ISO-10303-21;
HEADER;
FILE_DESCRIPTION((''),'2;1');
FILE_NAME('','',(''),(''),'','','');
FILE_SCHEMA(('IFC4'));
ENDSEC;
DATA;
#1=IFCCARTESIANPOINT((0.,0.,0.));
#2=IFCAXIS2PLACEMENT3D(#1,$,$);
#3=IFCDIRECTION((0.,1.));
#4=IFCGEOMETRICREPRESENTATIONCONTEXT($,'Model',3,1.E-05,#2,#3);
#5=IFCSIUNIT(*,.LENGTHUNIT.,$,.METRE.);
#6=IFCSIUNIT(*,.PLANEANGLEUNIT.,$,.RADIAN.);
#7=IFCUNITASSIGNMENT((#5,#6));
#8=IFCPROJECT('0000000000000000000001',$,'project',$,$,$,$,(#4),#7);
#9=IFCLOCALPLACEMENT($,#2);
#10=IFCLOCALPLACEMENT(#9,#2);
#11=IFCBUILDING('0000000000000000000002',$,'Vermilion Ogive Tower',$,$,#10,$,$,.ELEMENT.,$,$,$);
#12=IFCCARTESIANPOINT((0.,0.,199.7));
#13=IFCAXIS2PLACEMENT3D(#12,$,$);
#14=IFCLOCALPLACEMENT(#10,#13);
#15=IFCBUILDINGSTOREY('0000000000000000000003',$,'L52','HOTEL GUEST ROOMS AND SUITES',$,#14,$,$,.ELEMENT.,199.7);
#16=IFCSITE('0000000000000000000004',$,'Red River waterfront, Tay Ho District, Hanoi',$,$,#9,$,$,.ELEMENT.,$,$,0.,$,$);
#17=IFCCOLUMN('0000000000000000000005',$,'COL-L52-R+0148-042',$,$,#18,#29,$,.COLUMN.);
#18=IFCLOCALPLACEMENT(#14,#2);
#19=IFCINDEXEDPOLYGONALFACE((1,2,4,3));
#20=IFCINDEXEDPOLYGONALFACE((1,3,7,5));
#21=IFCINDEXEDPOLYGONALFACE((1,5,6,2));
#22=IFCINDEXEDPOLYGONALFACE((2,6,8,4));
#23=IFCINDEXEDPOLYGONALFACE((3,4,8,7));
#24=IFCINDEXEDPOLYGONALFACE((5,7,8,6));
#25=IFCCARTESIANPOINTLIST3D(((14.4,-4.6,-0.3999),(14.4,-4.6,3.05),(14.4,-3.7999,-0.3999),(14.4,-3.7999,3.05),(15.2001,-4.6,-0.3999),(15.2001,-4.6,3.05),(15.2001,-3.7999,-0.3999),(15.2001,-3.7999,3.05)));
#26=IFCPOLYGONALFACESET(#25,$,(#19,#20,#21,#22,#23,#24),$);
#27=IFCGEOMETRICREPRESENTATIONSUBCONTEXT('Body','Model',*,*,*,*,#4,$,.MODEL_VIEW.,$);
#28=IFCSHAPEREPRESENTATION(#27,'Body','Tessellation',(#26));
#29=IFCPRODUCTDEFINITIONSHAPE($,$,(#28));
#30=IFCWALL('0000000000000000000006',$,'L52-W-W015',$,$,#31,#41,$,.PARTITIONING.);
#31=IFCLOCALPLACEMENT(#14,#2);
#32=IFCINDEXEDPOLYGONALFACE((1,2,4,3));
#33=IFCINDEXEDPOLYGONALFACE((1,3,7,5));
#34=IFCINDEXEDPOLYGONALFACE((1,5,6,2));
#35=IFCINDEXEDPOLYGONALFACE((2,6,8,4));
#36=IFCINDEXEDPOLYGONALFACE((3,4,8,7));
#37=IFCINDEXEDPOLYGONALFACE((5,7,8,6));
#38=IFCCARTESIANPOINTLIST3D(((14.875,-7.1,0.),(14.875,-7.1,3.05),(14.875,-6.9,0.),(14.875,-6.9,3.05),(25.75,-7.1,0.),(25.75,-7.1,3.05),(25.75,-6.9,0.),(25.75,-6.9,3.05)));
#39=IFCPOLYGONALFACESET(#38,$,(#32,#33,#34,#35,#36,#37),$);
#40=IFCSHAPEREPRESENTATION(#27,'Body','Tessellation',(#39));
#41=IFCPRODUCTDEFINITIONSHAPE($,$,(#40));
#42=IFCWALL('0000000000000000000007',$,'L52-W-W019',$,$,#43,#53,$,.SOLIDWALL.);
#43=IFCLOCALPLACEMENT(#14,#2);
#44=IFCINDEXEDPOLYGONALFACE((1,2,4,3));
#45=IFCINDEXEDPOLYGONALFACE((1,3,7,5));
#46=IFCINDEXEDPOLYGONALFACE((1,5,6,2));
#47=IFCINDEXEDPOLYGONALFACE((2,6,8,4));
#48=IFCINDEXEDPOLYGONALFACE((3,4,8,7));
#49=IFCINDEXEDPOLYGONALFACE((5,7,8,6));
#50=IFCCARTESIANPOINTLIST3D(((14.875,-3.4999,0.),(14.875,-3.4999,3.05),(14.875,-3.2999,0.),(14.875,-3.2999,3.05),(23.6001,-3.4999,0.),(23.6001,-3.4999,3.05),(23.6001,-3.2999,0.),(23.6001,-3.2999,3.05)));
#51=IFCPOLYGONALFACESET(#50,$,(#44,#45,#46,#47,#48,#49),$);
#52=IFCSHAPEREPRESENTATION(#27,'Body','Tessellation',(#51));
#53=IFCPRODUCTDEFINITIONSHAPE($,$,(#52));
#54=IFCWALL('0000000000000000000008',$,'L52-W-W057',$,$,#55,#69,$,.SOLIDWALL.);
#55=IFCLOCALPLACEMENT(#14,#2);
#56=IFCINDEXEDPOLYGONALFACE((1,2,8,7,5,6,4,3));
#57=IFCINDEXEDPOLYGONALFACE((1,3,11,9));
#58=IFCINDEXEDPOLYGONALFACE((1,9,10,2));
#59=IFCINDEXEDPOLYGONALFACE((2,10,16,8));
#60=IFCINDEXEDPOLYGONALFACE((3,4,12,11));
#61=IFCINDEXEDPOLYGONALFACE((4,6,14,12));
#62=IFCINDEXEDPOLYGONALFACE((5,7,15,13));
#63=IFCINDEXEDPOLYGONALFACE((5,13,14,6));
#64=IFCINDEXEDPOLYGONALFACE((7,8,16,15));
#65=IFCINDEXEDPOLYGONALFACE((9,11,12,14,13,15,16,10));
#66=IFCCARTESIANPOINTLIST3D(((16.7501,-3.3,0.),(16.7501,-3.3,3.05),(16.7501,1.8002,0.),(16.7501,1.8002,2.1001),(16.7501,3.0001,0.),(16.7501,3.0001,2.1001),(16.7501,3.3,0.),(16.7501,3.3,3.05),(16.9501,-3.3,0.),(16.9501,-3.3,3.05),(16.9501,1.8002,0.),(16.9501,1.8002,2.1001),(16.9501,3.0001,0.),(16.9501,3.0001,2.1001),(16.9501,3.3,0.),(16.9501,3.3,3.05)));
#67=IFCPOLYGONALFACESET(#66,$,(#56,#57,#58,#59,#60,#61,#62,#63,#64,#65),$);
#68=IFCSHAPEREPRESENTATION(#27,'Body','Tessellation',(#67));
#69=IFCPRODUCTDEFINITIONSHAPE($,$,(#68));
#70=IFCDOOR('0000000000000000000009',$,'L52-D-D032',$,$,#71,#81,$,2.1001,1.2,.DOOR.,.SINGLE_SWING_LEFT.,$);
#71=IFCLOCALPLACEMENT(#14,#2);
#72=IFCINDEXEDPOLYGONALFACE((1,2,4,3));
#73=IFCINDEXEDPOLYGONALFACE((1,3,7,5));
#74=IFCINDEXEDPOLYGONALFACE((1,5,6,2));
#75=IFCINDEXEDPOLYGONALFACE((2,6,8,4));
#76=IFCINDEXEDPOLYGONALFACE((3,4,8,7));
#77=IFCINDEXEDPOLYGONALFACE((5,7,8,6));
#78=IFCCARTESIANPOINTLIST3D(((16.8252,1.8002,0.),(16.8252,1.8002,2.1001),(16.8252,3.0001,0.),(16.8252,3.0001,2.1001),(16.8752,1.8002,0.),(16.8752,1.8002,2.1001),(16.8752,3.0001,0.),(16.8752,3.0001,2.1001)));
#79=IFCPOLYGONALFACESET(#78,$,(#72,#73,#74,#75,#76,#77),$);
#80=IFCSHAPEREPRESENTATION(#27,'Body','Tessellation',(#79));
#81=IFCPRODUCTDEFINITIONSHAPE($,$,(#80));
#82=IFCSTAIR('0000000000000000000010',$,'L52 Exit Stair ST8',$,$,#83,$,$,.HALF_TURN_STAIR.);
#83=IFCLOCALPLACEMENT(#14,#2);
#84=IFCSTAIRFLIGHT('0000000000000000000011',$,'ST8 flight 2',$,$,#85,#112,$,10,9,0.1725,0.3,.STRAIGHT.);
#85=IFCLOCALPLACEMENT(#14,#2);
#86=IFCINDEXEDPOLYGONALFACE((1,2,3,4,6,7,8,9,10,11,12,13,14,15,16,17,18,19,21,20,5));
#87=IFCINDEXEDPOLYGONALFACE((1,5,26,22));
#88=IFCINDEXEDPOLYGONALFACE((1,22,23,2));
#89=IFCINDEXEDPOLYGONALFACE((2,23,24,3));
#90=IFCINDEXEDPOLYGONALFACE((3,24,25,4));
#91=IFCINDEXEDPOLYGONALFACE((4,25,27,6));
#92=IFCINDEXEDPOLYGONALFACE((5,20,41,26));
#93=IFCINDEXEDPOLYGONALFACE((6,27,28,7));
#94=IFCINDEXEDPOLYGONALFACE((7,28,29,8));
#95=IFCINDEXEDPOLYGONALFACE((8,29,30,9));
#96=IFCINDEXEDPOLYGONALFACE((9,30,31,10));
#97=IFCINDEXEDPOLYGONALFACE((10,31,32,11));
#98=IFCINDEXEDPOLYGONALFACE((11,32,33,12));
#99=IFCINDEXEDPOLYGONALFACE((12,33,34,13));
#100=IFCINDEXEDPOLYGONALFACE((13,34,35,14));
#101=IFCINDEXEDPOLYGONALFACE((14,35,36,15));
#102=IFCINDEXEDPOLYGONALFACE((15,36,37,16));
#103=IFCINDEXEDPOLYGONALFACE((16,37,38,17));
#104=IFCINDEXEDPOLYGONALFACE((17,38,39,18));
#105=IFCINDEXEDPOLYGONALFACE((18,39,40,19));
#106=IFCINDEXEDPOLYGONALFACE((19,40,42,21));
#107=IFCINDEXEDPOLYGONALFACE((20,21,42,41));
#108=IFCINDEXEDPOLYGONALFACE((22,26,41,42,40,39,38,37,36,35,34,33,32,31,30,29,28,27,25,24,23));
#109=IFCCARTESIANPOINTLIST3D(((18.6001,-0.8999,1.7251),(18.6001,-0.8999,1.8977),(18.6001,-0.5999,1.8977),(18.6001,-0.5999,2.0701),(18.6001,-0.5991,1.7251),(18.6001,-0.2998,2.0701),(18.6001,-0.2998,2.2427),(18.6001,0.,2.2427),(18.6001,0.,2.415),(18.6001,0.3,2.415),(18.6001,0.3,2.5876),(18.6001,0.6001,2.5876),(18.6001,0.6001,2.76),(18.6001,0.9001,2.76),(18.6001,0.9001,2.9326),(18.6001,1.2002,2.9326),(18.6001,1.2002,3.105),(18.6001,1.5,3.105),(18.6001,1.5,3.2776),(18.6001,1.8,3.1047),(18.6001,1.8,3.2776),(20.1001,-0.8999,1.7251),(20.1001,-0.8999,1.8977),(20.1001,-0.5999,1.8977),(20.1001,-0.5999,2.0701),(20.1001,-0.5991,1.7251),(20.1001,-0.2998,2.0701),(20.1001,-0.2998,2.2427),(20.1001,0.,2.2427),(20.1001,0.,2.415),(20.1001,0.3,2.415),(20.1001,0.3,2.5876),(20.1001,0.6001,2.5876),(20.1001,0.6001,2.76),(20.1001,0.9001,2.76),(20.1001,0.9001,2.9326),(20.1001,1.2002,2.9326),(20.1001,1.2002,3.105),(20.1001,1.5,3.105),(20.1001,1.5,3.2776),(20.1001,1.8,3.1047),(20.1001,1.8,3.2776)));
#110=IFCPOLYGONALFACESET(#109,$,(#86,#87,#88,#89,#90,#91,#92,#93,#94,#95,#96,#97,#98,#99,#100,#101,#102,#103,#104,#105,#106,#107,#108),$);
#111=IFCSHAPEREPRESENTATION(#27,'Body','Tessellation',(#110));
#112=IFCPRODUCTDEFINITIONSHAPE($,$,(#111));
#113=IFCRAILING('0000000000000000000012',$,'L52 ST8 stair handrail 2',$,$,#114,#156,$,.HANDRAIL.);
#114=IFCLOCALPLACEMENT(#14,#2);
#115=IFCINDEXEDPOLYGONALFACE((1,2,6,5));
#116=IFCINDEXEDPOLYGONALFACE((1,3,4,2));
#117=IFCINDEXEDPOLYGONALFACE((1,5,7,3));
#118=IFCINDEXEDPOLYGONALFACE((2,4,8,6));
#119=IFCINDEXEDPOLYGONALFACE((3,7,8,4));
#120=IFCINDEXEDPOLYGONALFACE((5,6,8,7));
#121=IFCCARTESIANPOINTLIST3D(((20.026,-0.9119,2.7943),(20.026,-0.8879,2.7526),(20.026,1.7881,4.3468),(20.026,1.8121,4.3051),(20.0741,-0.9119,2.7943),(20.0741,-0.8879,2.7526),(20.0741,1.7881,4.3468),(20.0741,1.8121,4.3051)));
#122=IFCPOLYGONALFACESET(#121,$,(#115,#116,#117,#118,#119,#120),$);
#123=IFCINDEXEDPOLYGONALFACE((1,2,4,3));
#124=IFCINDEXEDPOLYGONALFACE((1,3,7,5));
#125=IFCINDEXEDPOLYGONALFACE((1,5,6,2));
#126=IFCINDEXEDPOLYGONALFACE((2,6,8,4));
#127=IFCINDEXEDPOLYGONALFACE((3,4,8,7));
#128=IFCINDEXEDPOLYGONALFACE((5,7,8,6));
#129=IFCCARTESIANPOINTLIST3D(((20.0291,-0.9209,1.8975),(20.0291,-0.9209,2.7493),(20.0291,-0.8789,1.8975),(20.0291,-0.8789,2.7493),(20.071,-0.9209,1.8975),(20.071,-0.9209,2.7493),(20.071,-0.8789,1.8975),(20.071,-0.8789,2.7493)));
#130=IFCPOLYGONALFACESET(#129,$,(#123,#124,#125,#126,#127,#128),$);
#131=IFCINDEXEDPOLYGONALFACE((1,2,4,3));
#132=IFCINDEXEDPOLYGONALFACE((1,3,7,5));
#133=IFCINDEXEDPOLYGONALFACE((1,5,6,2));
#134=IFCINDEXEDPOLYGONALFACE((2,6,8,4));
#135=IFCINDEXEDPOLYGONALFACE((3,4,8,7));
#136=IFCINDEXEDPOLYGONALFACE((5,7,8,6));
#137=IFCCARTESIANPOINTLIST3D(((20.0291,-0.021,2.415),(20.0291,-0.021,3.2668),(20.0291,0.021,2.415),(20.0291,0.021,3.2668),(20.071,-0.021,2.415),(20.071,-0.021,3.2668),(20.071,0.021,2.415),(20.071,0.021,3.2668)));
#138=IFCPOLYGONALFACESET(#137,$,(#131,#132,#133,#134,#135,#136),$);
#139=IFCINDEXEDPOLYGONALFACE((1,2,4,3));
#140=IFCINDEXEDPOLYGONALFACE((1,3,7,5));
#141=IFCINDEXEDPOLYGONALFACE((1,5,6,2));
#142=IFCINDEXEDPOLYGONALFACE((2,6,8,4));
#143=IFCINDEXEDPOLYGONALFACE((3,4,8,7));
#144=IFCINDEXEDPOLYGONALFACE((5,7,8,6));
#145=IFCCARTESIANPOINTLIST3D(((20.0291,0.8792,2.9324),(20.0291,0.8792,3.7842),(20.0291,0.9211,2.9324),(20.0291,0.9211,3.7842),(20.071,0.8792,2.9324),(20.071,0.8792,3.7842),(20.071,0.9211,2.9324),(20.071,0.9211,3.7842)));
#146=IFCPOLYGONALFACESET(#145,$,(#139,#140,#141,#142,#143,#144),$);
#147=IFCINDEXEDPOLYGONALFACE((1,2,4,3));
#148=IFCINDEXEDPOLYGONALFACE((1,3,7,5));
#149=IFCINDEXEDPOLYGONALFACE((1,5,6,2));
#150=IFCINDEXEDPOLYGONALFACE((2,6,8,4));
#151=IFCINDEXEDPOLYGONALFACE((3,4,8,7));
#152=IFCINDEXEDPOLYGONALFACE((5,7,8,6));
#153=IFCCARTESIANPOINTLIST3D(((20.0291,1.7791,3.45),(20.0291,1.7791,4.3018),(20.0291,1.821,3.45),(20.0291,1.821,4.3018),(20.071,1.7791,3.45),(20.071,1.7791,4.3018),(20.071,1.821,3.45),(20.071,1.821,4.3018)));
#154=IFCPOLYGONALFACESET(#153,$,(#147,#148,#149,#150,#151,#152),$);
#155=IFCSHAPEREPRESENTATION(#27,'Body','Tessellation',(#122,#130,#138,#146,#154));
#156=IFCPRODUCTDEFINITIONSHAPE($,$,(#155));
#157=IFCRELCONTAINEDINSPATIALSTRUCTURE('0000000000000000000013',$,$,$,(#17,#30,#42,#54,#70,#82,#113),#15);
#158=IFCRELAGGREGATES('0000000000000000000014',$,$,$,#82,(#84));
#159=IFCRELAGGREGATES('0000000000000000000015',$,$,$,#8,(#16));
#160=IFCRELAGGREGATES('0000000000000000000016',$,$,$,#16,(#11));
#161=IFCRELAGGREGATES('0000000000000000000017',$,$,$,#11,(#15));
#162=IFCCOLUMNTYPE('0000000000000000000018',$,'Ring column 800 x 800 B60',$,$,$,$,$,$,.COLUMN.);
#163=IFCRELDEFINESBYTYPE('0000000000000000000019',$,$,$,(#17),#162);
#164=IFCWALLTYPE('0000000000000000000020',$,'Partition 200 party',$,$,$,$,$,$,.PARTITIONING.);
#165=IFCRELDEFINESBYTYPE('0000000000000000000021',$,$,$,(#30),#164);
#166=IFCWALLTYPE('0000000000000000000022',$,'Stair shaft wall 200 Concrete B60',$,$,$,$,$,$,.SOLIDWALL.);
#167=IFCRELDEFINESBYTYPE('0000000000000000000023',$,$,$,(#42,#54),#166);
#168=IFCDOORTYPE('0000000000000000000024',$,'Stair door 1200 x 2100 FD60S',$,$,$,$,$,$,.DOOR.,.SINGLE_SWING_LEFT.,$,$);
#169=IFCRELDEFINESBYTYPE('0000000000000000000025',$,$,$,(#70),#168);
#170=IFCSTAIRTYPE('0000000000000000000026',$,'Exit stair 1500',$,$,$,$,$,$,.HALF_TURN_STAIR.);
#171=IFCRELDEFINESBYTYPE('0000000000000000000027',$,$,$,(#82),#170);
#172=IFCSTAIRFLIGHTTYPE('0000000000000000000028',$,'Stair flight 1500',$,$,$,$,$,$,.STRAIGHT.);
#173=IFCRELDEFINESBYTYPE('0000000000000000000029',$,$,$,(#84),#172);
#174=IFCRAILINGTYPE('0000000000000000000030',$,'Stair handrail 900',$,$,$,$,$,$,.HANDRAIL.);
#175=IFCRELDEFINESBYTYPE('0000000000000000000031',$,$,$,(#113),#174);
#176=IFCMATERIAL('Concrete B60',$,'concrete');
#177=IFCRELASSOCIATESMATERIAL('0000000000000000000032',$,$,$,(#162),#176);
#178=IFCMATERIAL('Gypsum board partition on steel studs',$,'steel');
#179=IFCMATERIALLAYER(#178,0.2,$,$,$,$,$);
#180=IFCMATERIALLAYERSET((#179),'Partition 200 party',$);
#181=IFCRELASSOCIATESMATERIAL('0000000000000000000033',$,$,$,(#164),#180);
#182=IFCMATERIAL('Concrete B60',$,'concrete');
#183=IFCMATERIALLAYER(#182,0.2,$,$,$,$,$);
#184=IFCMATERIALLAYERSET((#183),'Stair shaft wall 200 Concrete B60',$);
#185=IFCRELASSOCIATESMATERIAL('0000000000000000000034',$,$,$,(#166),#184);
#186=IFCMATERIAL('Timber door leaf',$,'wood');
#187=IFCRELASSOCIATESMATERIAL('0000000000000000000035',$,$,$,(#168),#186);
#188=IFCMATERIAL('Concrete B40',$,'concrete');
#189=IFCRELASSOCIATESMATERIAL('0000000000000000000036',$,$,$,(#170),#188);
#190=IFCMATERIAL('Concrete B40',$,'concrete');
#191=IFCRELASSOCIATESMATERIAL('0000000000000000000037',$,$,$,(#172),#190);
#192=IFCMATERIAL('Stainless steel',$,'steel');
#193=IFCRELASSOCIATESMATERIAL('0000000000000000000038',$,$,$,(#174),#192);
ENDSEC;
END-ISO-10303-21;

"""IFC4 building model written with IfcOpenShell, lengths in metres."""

from ifc_helpers import new_model, si_unit, direction, frame, frame_2d, origin, origin_2d, place, context, subcontext, project, spatial, polyline, rectangle, outline, extrude, material, layer, layer_set, material_profile, profile_set, type_object, element, fill, aggregate, save


model = new_model("IFC4")

# Units and contexts
model_context = context("Model", 3, precision=1e-05, world=origin(), true_north=direction((0.0, 1.0)))
body_context = subcontext(model_context, "Body", "Model", "MODEL_VIEW")
ifc_project = project(units=[si_unit("LENGTHUNIT", "METRE"), si_unit("PLANEANGLEUNIT", "RADIAN")], contexts=[model_context])

# Site, building, storey
site_placement = place(None, origin())
site = spatial("IfcSite", under=ifc_project, at=site_placement, Name="Red River waterfront, Tay Ho District, Hanoi", CompositionType="ELEMENT", RefElevation=0.0)
building_placement = place(site_placement, origin())
building = spatial("IfcBuilding", under=site, at=building_placement, Name="Vermilion Ogive Tower", CompositionType="ELEMENT")
storey_placement = place(building_placement, frame((0.0, 0.0, 199.7)))
storey = spatial("IfcBuildingStorey", under=building, at=storey_placement, Name="L52", Description="HOTEL GUEST ROOMS AND SUITES", CompositionType="ELEMENT", Elevation=199.7)

# Column
ifc_material_1 = material(Name="Concrete B60", Category="concrete")
ifc_material_profile = material_profile(ifc_material_1, rectangle(XDim=0.8, YDim=0.8, at=origin_2d()), Name="800 x 800")
ifc_profile_set = profile_set([ifc_material_profile], Name="Concrete B60")
column_type = type_object("IfcColumnType", Name="Ring column 800 x 800 B60", PredefinedType="COLUMN", material=ifc_profile_set)
column_placement = place(storey_placement, frame((14.8, -4.2, -0.3999), z_axis=(0.0, 0.0, 1.0), x_axis=(1.0, 0.0, 0.0)))
element("IfcColumn", 1, at=column_placement, inside=storey, type_object=column_type, Name="COL-L52-R+0148-042", PredefinedType="COLUMN", context=body_context, shape_type="SweptSolid", body=[
    extrude(rectangle(XDim=0.8, YDim=0.8, at=origin_2d()), origin(), (0.0, 0.0, 1.0), 3.45),
])

# Walls
ifc_material_2 = material(Name="Gypsum board partition on steel studs", Category="steel")
ifc_layer_1 = layer(ifc_material_2, 0.2)
ifc_layer_set_1 = layer_set([ifc_layer_1], Name="Partition 200 party")
wall_type_1 = type_object("IfcWallType", Name="Partition 200 party", PredefinedType="PARTITIONING", material=ifc_layer_set_1)
wall_1_placement = place(storey_placement, frame((14.875, -7.0, 0.0), z_axis=(0.0, 0.0, 1.0), x_axis=(1.0, 0.0, 0.0)))
element("IfcWall", 2, at=wall_1_placement, inside=storey, type_object=wall_type_1, Name="L52-W-W015", PredefinedType="PARTITIONING", context=body_context, shape_type="SweptSolid", body=[
    extrude(rectangle(XDim=10.875, YDim=0.2, at=frame_2d((5.4375, 0.0))), origin(), (0.0, 0.0, 1.0), 3.05),
])
ifc_material_3 = material(Name="Concrete B60", Category="concrete")
ifc_layer_2 = layer(ifc_material_3, 0.2)
ifc_layer_set_2 = layer_set([ifc_layer_2], Name="Stair shaft wall 200 Concrete B60")
wall_type_2 = type_object("IfcWallType", Name="Stair shaft wall 200 Concrete B60", PredefinedType="SOLIDWALL", material=ifc_layer_set_2)
wall_2_placement = place(storey_placement, frame((14.875, -3.3999, 0.0), z_axis=(0.0, 0.0, 1.0), x_axis=(1.0, 0.0, 0.0)))
element("IfcWall", 3, at=wall_2_placement, inside=storey, type_object=wall_type_2, Name="L52-W-W019", PredefinedType="SOLIDWALL", context=body_context, shape_type="SweptSolid", body=[
    extrude(rectangle(XDim=8.7251, YDim=0.2, at=frame_2d((4.3625, 0.0))), origin(), (0.0, 0.0, 1.0), 3.05),
])

# Wall, opening, door
wall_3_placement = place(storey_placement, frame((16.8501, -3.3, 0.0), z_axis=(0.0, 0.0, 1.0), x_axis=(0.0, 1.0, 0.0)))
wall_3 = element("IfcWall", 4, at=wall_3_placement, inside=storey, type_object=wall_type_2, Name="L52-W-W057", PredefinedType="SOLIDWALL", context=body_context, shape_type="SweptSolid", body=[
    extrude(rectangle(XDim=6.6001, YDim=0.2, at=frame_2d((3.3, 0.0))), origin(), (0.0, 0.0, 1.0), 3.05),
])
opening_placement = place(wall_3_placement, frame((5.1001, 0.0, 0.0)))
opening = element("IfcOpeningElement", 5, at=opening_placement, cuts=wall_3, PredefinedType="OPENING", context=body_context, shape_type="SweptSolid", body=[
    extrude(rectangle(XDim=1.2, YDim=2.1001, at=frame_2d((0.6001, 1.05))), frame((0.0, 0.1099, 0.0), z_axis=(0.0, -1.0, 0.0), x_axis=(1.0, 0.0, 0.0)), (0.0, 0.0, 1.0), 0.22),
])
ifc_material_4 = material(Name="Timber door leaf", Category="wood")
door_type = type_object("IfcDoorType", Name="Stair door 1200 x 2100 FD60S", OperationType="SINGLE_SWING_LEFT", PredefinedType="DOOR", material=ifc_material_4)
door_placement = place(opening_placement, origin())
door = element("IfcDoor", 6, at=door_placement, inside=storey, type_object=door_type, Name="L52-D-D032", OperationType="SINGLE_SWING_LEFT", OverallHeight=2.1001, OverallWidth=1.2, PredefinedType="DOOR", context=body_context, shape_type="SweptSolid", body=[
    extrude(rectangle(XDim=1.2, YDim=2.1001, at=frame_2d((0.6001, 1.05))), frame((0.0, 0.0249, 0.0), z_axis=(0.0, -1.0, 0.0), x_axis=(1.0, 0.0, 0.0)), (0.0, 0.0, 1.0), 0.05),
])
fill(opening, door)

# Stair, stair flight
ifc_material_5 = material(Name="Concrete B40", Category="concrete")
stair_type = type_object("IfcStairType", Name="Exit stair 1500", PredefinedType="HALF_TURN_STAIR", material=ifc_material_5)
stair_placement = place(storey_placement, origin())
stair = element("IfcStair", 7, at=stair_placement, inside=storey, type_object=stair_type, Name="L52 Exit Stair ST8", PredefinedType="HALF_TURN_STAIR")
ifc_material_6 = material(Name="Concrete B40", Category="concrete")
stair_flight_type = type_object("IfcStairFlightType", Name="Stair flight 1500", PredefinedType="STRAIGHT", material=ifc_material_6)
stair_flight_placement = place(storey_placement, frame((19.3501, -0.8999, 1.7251), z_axis=(0.0, 0.0, 1.0), x_axis=(0.0, 1.0, 0.0)))
stair_flight = element("IfcStairFlight", 8, at=stair_flight_placement, type_object=stair_flight_type, Name="ST8 flight 2", NumberOfRisers=10, NumberOfTreads=9, PredefinedType="STRAIGHT", RiserHeight=0.1725, TreadLength=0.3, context=body_context, shape_type="SweptSolid", body=[
    extrude(outline(polyline([(0.0, 0.0), (0.0, 0.1726), (0.3, 0.1726), (0.3, 0.345), (0.6001, 0.345), (0.6001, 0.5176), (0.8999, 0.5176), (0.8999, 0.6899), (1.2, 0.6899), (1.2, 0.8625), (1.5, 0.8625), (1.5, 1.0349), (1.8, 1.0349), (1.8, 1.2075), (2.1001, 1.2075), (2.1001, 1.3799), (2.3999, 1.3799), (2.3999, 1.5525), (2.7, 1.5525), (2.7, 1.7251), (2.7, 1.3796), (0.3008, 0.0), (0.0, 0.0)])), frame((0.0, 0.75, 0.0), z_axis=(0.0, -1.0, 0.0), x_axis=(1.0, 0.0, 0.0)), (0.0, 0.0, 1.0), 1.5),
])
aggregate(stair, [stair_flight])

# Railing
ifc_material_7 = material(Name="Stainless steel", Category="steel")
railing_type = type_object("IfcRailingType", Name="Stair handrail 900", PredefinedType="HANDRAIL", material=ifc_material_7)
railing_placement = place(storey_placement, frame((20.05, -0.8999, 1.8975)))
element("IfcRailing", 9, at=railing_placement, inside=storey, type_object=railing_type, Name="L52 ST8 stair handrail 2", PredefinedType="HANDRAIL", context=body_context, shape_type="SweptSolid", body=[
    extrude(rectangle(XDim=0.0481, YDim=0.0481, at=origin_2d()), frame((0.0, 0.0, 0.876), z_axis=(0.0, 0.866904, 0.498476), x_axis=(-1.0, 0.0, 0.0)), (0.0, 0.0, 1.0), 3.1145),
    extrude(rectangle(XDim=0.042, YDim=0.042, at=origin_2d()), origin(), (0.0, 0.0, 1.0), 0.8518),
    extrude(rectangle(XDim=0.042, YDim=0.042, at=origin_2d()), frame((0.0, 0.8999, 0.5176)), (0.0, 0.0, 1.0), 0.8518),
    extrude(rectangle(XDim=0.042, YDim=0.042, at=origin_2d()), frame((0.0, 1.8, 1.0349)), (0.0, 0.0, 1.0), 0.8518),
    extrude(rectangle(XDim=0.042, YDim=0.042, at=origin_2d()), frame((0.0, 2.7, 1.5525)), (0.0, 0.0, 1.0), 0.8518),
])

save(model, "model.ifc")
